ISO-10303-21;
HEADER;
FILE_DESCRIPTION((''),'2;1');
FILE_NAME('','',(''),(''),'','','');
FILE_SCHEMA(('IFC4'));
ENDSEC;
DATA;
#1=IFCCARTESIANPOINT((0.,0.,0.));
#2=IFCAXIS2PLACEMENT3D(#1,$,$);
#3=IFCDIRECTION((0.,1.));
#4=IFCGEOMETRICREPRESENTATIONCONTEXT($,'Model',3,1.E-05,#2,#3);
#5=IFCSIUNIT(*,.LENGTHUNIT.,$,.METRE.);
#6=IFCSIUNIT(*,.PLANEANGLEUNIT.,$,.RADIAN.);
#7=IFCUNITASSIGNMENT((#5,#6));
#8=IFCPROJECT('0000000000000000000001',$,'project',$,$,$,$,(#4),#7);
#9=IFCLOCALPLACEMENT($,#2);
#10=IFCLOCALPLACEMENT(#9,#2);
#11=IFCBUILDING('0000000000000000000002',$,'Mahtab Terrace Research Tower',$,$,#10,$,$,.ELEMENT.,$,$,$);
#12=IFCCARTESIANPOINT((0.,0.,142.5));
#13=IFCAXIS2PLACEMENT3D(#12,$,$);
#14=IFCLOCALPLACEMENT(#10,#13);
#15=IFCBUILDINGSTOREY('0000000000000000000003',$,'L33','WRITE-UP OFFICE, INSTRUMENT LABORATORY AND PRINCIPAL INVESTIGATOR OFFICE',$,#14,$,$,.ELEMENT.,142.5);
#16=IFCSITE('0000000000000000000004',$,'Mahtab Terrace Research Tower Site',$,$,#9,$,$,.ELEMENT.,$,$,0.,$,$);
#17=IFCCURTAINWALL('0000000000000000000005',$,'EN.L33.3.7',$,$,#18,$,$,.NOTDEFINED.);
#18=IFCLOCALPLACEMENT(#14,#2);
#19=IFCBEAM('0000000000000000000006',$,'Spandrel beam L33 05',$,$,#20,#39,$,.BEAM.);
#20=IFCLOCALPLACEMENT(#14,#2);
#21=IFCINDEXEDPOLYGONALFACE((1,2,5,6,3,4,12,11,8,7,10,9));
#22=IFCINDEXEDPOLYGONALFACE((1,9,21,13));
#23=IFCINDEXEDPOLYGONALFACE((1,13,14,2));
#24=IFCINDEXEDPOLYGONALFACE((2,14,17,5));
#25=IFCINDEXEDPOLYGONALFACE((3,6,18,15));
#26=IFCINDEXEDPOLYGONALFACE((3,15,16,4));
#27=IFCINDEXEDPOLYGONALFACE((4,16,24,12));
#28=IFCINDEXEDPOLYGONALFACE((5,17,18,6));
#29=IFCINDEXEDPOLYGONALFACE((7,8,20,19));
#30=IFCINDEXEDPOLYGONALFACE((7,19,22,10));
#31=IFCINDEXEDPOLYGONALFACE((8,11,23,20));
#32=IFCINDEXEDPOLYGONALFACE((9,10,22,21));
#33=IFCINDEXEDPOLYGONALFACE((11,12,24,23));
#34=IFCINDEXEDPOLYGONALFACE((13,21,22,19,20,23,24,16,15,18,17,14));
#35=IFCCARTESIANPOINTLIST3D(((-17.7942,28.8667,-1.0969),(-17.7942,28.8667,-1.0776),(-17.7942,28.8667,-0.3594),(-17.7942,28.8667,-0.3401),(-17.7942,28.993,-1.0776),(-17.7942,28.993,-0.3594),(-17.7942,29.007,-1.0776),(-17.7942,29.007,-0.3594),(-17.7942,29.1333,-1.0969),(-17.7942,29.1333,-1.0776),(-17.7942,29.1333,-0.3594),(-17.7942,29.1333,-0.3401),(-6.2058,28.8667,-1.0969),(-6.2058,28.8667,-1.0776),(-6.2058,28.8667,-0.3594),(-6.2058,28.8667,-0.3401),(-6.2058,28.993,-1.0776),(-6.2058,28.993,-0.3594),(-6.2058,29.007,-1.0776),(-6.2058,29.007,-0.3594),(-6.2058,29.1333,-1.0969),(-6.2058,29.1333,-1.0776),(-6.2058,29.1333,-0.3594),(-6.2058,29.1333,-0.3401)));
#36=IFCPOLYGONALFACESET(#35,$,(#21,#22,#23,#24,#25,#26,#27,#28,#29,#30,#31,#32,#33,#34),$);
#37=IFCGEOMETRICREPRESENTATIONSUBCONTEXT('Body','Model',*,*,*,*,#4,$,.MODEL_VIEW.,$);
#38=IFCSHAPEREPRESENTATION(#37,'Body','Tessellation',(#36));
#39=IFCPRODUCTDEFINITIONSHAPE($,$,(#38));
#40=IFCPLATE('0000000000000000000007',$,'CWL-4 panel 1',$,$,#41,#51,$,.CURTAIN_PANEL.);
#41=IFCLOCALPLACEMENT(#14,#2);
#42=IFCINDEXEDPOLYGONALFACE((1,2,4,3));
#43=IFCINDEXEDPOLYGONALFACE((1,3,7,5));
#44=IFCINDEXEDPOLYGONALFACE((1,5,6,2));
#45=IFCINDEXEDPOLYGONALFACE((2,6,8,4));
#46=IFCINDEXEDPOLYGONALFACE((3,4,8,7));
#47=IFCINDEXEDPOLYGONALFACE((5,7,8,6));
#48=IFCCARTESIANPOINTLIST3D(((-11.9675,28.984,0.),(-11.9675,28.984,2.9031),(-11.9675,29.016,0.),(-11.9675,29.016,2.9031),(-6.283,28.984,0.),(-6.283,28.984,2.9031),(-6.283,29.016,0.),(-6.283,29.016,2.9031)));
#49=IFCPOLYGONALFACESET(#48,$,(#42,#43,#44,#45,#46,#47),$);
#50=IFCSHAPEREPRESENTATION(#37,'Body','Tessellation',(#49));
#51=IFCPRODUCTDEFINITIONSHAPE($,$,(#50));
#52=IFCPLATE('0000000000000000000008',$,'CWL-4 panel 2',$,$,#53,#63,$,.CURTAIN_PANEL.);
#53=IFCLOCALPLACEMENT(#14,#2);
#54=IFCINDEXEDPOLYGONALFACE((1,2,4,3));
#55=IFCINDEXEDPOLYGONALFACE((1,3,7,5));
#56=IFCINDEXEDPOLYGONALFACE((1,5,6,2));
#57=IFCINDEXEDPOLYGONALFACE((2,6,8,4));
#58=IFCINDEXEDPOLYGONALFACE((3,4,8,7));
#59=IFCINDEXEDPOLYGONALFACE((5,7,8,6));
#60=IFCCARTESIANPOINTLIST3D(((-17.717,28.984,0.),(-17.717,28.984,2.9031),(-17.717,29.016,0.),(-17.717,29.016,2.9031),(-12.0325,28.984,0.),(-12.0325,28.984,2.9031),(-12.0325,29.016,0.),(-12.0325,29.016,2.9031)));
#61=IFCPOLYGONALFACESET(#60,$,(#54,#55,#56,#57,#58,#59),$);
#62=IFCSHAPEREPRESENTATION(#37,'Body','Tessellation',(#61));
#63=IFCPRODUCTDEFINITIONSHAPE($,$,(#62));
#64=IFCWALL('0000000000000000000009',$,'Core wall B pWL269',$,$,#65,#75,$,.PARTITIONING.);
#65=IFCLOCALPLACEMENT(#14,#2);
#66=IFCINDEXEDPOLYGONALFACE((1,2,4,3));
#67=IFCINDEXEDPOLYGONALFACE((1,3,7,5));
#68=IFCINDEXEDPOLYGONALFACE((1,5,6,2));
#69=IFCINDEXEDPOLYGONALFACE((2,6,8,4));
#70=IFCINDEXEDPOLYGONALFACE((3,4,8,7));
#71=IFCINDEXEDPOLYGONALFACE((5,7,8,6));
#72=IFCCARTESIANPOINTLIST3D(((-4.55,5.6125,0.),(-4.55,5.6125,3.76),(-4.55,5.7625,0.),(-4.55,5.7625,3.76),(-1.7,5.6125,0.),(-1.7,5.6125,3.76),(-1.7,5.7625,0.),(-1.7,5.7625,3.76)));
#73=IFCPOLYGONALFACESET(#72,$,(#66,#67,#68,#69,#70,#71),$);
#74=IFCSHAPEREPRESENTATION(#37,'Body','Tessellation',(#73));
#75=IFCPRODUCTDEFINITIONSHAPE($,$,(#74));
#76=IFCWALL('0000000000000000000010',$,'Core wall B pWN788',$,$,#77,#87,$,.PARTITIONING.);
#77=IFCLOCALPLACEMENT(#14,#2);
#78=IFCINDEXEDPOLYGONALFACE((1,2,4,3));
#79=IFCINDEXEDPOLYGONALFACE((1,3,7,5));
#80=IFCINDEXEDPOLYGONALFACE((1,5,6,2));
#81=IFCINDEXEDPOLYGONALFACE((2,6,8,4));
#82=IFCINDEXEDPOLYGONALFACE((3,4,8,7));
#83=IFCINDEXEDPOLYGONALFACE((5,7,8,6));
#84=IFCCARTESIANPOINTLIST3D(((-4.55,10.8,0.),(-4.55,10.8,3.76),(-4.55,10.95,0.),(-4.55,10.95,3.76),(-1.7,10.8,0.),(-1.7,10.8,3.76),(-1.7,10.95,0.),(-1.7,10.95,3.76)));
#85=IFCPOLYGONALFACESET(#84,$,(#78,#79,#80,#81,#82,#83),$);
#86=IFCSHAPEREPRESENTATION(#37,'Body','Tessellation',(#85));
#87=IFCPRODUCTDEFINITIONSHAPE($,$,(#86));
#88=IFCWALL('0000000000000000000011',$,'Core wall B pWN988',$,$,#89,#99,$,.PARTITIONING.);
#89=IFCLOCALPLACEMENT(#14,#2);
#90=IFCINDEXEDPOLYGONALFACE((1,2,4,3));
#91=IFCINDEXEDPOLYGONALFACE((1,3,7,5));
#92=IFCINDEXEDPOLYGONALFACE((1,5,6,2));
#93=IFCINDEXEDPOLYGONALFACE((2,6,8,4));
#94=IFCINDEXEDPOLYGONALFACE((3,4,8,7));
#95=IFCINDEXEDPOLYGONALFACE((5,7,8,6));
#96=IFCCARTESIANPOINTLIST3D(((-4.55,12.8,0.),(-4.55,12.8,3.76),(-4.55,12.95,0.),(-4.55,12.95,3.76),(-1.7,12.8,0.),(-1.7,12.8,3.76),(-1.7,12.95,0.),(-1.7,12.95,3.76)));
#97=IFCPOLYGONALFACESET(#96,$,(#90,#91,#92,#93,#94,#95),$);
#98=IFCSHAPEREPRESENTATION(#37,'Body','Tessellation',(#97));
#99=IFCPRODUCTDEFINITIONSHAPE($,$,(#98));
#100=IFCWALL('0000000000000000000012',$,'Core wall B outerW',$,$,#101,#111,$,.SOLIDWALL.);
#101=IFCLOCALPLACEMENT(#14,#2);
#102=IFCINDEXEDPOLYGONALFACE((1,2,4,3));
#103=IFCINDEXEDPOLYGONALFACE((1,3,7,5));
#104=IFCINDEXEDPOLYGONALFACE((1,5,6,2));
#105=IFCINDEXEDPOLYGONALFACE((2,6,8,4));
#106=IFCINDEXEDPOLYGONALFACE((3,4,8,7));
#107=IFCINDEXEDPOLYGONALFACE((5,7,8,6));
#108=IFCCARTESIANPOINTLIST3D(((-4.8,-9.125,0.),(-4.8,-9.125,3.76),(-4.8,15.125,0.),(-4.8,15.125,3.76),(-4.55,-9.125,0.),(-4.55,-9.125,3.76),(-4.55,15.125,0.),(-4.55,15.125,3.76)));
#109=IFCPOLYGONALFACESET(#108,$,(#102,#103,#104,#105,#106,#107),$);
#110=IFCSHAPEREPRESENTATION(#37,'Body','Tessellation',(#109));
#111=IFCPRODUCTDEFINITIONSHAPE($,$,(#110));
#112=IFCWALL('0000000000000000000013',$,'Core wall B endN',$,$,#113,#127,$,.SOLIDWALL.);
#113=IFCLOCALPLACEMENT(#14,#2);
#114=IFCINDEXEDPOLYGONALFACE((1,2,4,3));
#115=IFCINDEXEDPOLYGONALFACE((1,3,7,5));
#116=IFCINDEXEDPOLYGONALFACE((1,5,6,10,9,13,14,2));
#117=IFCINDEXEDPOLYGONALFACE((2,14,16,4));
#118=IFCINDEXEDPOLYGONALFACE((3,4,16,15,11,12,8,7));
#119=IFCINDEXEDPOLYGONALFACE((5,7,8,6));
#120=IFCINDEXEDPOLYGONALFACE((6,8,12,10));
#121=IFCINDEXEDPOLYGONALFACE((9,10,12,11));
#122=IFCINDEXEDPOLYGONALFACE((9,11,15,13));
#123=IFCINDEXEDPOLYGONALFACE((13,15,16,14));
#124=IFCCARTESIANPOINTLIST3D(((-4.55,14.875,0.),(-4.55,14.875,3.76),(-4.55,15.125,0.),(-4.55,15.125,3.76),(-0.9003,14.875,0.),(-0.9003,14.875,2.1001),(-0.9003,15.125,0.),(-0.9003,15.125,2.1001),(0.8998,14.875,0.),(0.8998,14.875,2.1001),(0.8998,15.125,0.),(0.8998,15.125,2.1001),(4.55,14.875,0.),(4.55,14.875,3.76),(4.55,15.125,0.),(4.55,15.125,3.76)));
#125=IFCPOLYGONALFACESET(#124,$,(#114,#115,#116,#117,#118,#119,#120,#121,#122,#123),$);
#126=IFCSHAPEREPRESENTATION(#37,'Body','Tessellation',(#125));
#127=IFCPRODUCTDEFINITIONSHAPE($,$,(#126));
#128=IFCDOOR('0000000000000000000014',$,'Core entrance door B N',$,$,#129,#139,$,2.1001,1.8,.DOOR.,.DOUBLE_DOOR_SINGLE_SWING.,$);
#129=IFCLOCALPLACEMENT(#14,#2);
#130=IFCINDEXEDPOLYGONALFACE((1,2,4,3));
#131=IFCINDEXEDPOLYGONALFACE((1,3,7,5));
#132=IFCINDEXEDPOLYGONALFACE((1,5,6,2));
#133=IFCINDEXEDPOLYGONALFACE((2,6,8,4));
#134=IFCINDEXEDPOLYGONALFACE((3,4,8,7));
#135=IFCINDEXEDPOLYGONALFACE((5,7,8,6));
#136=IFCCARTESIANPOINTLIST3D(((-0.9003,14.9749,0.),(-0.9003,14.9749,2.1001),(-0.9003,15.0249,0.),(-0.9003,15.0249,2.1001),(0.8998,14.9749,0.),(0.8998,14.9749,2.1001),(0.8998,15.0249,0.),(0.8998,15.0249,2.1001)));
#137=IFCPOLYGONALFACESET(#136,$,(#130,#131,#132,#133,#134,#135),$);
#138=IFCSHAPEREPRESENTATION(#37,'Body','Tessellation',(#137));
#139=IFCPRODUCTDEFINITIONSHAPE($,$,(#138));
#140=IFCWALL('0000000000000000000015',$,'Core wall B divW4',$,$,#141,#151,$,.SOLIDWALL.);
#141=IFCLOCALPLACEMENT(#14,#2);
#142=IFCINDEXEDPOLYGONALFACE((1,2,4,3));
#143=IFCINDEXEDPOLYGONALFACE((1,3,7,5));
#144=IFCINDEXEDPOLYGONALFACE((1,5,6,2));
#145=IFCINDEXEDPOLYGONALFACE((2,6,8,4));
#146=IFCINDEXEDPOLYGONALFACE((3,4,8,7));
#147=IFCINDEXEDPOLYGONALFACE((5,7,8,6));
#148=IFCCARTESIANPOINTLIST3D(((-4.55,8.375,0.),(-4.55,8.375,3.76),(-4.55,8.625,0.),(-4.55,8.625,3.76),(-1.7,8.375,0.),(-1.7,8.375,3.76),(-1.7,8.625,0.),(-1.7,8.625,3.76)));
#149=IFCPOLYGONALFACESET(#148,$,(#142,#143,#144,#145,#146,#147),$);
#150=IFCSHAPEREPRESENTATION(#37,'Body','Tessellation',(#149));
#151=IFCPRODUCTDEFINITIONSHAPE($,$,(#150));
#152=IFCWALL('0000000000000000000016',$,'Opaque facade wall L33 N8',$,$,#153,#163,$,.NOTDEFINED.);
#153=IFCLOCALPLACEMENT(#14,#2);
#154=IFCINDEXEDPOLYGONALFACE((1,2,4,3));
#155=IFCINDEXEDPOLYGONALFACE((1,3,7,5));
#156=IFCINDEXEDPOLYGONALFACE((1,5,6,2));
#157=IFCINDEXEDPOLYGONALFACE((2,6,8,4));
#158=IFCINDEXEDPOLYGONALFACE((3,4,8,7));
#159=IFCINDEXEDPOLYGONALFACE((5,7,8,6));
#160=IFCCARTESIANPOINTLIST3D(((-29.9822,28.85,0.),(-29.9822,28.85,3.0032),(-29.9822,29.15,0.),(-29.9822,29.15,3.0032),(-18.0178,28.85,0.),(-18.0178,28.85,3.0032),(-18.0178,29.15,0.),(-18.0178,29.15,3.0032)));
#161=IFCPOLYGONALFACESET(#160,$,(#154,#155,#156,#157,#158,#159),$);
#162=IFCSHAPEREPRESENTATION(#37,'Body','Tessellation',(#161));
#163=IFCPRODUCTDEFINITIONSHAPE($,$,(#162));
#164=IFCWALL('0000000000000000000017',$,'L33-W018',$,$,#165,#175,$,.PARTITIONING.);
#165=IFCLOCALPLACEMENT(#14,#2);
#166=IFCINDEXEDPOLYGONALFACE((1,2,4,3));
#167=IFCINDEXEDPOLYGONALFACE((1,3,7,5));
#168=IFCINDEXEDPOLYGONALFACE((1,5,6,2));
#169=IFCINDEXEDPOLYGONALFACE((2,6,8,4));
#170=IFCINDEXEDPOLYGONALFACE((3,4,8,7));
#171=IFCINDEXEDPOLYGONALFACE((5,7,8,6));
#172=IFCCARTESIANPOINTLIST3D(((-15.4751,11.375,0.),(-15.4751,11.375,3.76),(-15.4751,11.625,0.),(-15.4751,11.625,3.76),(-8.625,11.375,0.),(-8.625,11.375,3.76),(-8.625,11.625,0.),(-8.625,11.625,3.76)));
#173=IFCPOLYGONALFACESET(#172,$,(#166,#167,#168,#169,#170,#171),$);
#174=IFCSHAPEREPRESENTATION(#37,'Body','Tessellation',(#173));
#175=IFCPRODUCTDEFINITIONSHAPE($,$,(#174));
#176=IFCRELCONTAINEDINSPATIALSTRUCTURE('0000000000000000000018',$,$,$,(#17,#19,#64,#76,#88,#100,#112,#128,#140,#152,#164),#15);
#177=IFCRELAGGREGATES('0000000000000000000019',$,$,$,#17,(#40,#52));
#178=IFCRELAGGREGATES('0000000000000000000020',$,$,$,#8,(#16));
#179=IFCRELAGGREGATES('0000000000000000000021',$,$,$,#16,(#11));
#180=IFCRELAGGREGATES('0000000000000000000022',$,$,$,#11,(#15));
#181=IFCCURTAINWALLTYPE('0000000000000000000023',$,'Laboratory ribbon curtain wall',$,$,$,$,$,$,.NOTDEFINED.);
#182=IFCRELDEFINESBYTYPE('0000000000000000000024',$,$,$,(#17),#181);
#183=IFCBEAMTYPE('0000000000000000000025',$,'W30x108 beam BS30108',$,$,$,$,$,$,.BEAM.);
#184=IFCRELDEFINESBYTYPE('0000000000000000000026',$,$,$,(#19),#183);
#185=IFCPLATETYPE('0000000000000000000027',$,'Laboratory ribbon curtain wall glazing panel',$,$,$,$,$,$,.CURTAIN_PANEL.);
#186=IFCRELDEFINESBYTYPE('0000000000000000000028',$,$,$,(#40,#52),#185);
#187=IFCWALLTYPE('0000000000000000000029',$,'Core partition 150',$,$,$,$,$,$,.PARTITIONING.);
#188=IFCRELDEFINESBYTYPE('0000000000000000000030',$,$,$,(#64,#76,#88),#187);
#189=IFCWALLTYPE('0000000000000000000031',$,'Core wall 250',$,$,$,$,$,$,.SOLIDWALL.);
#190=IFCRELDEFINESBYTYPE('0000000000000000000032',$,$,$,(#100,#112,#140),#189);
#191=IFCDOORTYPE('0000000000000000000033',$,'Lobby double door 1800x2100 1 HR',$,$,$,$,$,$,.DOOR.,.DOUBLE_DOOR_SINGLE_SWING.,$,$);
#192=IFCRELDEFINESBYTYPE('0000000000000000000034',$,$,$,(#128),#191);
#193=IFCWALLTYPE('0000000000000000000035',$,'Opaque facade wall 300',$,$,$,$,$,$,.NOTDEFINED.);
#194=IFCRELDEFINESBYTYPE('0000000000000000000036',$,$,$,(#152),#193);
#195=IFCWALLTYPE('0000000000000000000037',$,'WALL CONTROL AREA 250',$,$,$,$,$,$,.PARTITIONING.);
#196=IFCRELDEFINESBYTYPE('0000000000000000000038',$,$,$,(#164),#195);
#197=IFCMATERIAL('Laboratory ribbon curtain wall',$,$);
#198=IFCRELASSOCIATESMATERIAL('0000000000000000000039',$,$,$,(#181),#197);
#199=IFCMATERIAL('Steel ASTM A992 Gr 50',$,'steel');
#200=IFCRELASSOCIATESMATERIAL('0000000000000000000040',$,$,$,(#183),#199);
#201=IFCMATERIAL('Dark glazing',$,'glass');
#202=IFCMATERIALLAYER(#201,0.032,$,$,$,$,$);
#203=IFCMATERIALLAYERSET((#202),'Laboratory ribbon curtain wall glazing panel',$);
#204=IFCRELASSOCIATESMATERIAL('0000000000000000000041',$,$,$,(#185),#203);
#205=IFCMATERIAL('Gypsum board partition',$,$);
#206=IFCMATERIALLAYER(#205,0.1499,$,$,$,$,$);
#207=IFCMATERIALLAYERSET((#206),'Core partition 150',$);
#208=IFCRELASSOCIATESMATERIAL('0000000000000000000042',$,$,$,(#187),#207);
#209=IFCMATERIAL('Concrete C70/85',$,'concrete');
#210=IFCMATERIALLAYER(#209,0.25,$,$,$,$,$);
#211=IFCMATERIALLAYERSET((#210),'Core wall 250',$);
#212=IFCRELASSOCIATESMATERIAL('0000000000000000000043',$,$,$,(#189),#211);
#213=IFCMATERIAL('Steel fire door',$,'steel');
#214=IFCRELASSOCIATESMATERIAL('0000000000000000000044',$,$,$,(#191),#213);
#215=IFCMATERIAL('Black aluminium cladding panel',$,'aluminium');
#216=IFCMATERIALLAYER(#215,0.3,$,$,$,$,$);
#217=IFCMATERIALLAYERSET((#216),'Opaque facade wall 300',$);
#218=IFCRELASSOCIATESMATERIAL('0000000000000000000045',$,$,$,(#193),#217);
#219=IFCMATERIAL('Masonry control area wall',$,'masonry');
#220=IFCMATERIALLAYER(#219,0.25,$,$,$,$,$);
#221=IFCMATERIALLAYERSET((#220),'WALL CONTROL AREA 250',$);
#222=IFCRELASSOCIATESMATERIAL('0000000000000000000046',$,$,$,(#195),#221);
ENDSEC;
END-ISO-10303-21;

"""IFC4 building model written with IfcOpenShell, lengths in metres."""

from ifc_helpers import new_model, si_unit, direction, frame, frame_2d, origin, origin_2d, place, context, subcontext, project, spatial, rectangle, i_section, extrude, material, layer, layer_set, material_profile, profile_set, type_object, element, fill, aggregate, save


model = new_model("IFC4")

# Units and contexts
model_context = context("Model", 3, precision=1e-05, world=origin(), true_north=direction((0.0, 1.0)))
body_context = subcontext(model_context, "Body", "Model", "MODEL_VIEW")
ifc_project = project(units=[si_unit("LENGTHUNIT", "METRE"), si_unit("PLANEANGLEUNIT", "RADIAN")], contexts=[model_context])

# Site, building, storey
site_placement = place(None, origin())
site = spatial("IfcSite", under=ifc_project, at=site_placement, Name="Mahtab Terrace Research Tower Site", CompositionType="ELEMENT", RefElevation=0.0)
building_placement = place(site_placement, origin())
building = spatial("IfcBuilding", under=site, at=building_placement, Name="Mahtab Terrace Research Tower", CompositionType="ELEMENT")
storey_placement = place(building_placement, frame((0.0, 0.0, 142.5)))
storey = spatial("IfcBuildingStorey", under=building, at=storey_placement, Name="L33", Description="WRITE-UP OFFICE, INSTRUMENT LABORATORY AND PRINCIPAL INVESTIGATOR OFFICE", CompositionType="ELEMENT", Elevation=142.5)

# Shared definitions
ifc_material_1 = material(Name="Concrete C70/85", Category="concrete")
ifc_material_2 = material(Name="Steel ASTM A992 Gr 50", Category="steel")

# Curtain wall
ifc_material_3 = material(Name="Laboratory ribbon curtain wall")
curtain_wall_type = type_object("IfcCurtainWallType", Name="Laboratory ribbon curtain wall", PredefinedType="NOTDEFINED", material=ifc_material_3)
curtain_wall_placement = place(storey_placement, origin())
curtain_wall = element("IfcCurtainWall", 1, at=curtain_wall_placement, inside=storey, type_object=curtain_wall_type, Name="EN.L33.3.7", PredefinedType="NOTDEFINED")

# Beam
ifc_material_profile_1 = material_profile(ifc_material_2, i_section(OverallWidth=0.2666, OverallDepth=0.7568, WebThickness=0.0139, FlangeThickness=0.0193, at=origin_2d()), Name="W30X108")
ifc_profile_set_1 = profile_set([ifc_material_profile_1], Name="Steel ASTM A992 Gr 50")
beam_type = type_object("IfcBeamType", Name="W30x108 beam BS30108", PredefinedType="BEAM", material=ifc_profile_set_1)
beam_placement = place(storey_placement, frame((-6.2058, 29.0, -0.7185), z_axis=(-1.0, 0.0, 0.0), x_axis=(0.0, -1.0, 0.0)))
element("IfcBeam", 2, at=beam_placement, inside=storey, type_object=beam_type, Name="Spandrel beam L33 05", PredefinedType="BEAM", context=body_context, shape_type="SweptSolid", body=[
    extrude(i_section(OverallWidth=0.2666, OverallDepth=0.7568, WebThickness=0.0139, FlangeThickness=0.0193, at=origin_2d()), origin(), (0.0, 0.0, 1.0), 11.5884),
])

# Plates
ifc_material_4 = material(Name="Dark glazing", Category="glass")
ifc_layer_1 = layer(ifc_material_4, 0.032)
ifc_layer_set_1 = layer_set([ifc_layer_1], Name="Laboratory ribbon curtain wall glazing panel")
plate_type = type_object("IfcPlateType", Name="Laboratory ribbon curtain wall glazing panel", PredefinedType="CURTAIN_PANEL", material=ifc_layer_set_1)
plate_1_placement = place(storey_placement, frame((-9.1252, 29.0, 0.0), z_axis=(0.0, 0.0, 1.0), x_axis=(-1.0, 0.0, 0.0)))
plate_1 = element("IfcPlate", 3, at=plate_1_placement, type_object=plate_type, Name="CWL-4 panel 1", PredefinedType="CURTAIN_PANEL", context=body_context, shape_type="SweptSolid", body=[
    extrude(rectangle(XDim=5.6846, YDim=0.032, at=origin_2d()), origin(), (0.0, 0.0, 1.0), 2.9031),
])
plate_2_placement = place(storey_placement, frame((-14.8748, 29.0, 0.0), z_axis=(0.0, 0.0, 1.0), x_axis=(-1.0, 0.0, 0.0)))
plate_2 = element("IfcPlate", 4, at=plate_2_placement, type_object=plate_type, Name="CWL-4 panel 2", PredefinedType="CURTAIN_PANEL", context=body_context, shape_type="SweptSolid", body=[
    extrude(rectangle(XDim=5.6846, YDim=0.032, at=origin_2d()), origin(), (0.0, 0.0, 1.0), 2.9031),
])
aggregate(curtain_wall, [plate_1, plate_2])

# Walls
ifc_material_5 = material(Name="Gypsum board partition")
ifc_layer_2 = layer(ifc_material_5, 0.1499)
ifc_layer_set_2 = layer_set([ifc_layer_2], Name="Core partition 150")
wall_type_1 = type_object("IfcWallType", Name="Core partition 150", PredefinedType="PARTITIONING", material=ifc_layer_set_2)
for number, where, z_axis, x_axis, name in (
    (5, (-4.55, 5.6875, 0.0), (0.0, 0.0, 1.0), (1.0, 0.0, 0.0), "Core wall B pWL269"),
    (6, (-4.55, 10.875, 0.0), (0.0, 0.0, 1.0), (1.0, 0.0, 0.0), "Core wall B pWN788"),
    (7, (-4.55, 12.875, 0.0), (0.0, 0.0, 1.0), (1.0, 0.0, 0.0), "Core wall B pWN988"),
):
    element("IfcWall", number, at=place(storey_placement, frame(where, z_axis=z_axis, x_axis=x_axis)), inside=storey, type_object=wall_type_1, Name=name, PredefinedType="PARTITIONING", context=body_context, shape_type="SweptSolid", body=[
        extrude(rectangle(XDim=2.8501, YDim=0.1499, at=frame_2d((1.425, 0.0))), origin(), (0.0, 0.0, 1.0), 3.76),
    ])
ifc_layer_3 = layer(ifc_material_1, 0.25)
ifc_layer_set_3 = layer_set([ifc_layer_3], Name="Core wall 250")
wall_type_2 = type_object("IfcWallType", Name="Core wall 250", PredefinedType="SOLIDWALL", material=ifc_layer_set_3)
wall_1_placement = place(storey_placement, frame((-4.675, 15.125, 0.0), z_axis=(0.0, 0.0, 1.0), x_axis=(0.0, -1.0, 0.0)))
element("IfcWall", 8, at=wall_1_placement, inside=storey, type_object=wall_type_2, Name="Core wall B outerW", PredefinedType="SOLIDWALL", context=body_context, shape_type="SweptSolid", body=[
    extrude(rectangle(XDim=24.25, YDim=0.25, at=frame_2d((12.125, 0.0))), origin(), (0.0, 0.0, 1.0), 3.76),
])

# Wall, opening, door
wall_2_placement = place(storey_placement, frame((-4.55, 15.0, 0.0), z_axis=(0.0, 0.0, 1.0), x_axis=(1.0, 0.0, 0.0)))
wall_2 = element("IfcWall", 9, at=wall_2_placement, inside=storey, type_object=wall_type_2, Name="Core wall B endN", PredefinedType="SOLIDWALL", context=body_context, shape_type="SweptSolid", body=[
    extrude(rectangle(XDim=9.1001, YDim=0.25, at=frame_2d((4.55, 0.0))), origin(), (0.0, 0.0, 1.0), 3.76),
])
opening_1_placement = place(wall_2_placement, frame((3.6499, 0.0, 0.0)))
opening_1 = element("IfcOpeningElement", 10, at=opening_1_placement, cuts=wall_2, PredefinedType="OPENING", context=body_context, shape_type="SweptSolid", body=[
    extrude(rectangle(XDim=1.8, YDim=2.1001, at=frame_2d((0.8999, 1.05))), frame((0.0, 0.135, 0.0), z_axis=(0.0, -1.0, 0.0), x_axis=(1.0, 0.0, 0.0)), (0.0, 0.0, 1.0), 0.27),
])
ifc_material_6 = material(Name="Steel fire door", Category="steel")
door_type_1 = type_object("IfcDoorType", Name="Lobby double door 1800x2100 1 HR", OperationType="DOUBLE_DOOR_SINGLE_SWING", PredefinedType="DOOR", material=ifc_material_6)
door_1_placement = place(opening_1_placement, origin())
door_1 = element("IfcDoor", 11, at=door_1_placement, inside=storey, type_object=door_type_1, Name="Core entrance door B N", OperationType="DOUBLE_DOOR_SINGLE_SWING", OverallHeight=2.1001, OverallWidth=1.8, PredefinedType="DOOR", context=body_context, shape_type="SweptSolid", body=[
    extrude(rectangle(XDim=1.8, YDim=2.1001, at=frame_2d((0.8999, 1.05))), frame((0.0, 0.0249, 0.0), z_axis=(0.0, -1.0, 0.0), x_axis=(1.0, 0.0, 0.0)), (0.0, 0.0, 1.0), 0.05),
])
fill(opening_1, door_1)

# Walls
wall_3_placement = place(storey_placement, frame((-4.55, 8.5, 0.0), z_axis=(0.0, 0.0, 1.0), x_axis=(1.0, 0.0, 0.0)))
element("IfcWall", 12, at=wall_3_placement, inside=storey, type_object=wall_type_2, Name="Core wall B divW4", PredefinedType="SOLIDWALL", context=body_context, shape_type="SweptSolid", body=[
    extrude(rectangle(XDim=2.8501, YDim=0.25, at=frame_2d((1.425, 0.0))), origin(), (0.0, 0.0, 1.0), 3.76),
])
ifc_material_7 = material(Name="Black aluminium cladding panel", Category="aluminium")
ifc_layer_4 = layer(ifc_material_7, 0.3)
ifc_layer_set_4 = layer_set([ifc_layer_4], Name="Opaque facade wall 300")
wall_type_3 = type_object("IfcWallType", Name="Opaque facade wall 300", PredefinedType="NOTDEFINED", material=ifc_layer_set_4)
wall_4_placement = place(storey_placement, frame((-18.0178, 29.0, 0.0), z_axis=(0.0, 0.0, 1.0), x_axis=(-1.0, 0.0, 0.0)))
element("IfcWall", 13, at=wall_4_placement, inside=storey, type_object=wall_type_3, Name="Opaque facade wall L33 N8", PredefinedType="NOTDEFINED", context=body_context, shape_type="SweptSolid", body=[
    extrude(rectangle(XDim=11.9644, YDim=0.3, at=frame_2d((5.9822, 0.0))), origin(), (0.0, 0.0, 1.0), 3.0032),
])
ifc_material_8 = material(Name="Masonry control area wall", Category="masonry")
ifc_layer_5 = layer(ifc_material_8, 0.25)
ifc_layer_set_5 = layer_set([ifc_layer_5], Name="WALL CONTROL AREA 250")
wall_type_4 = type_object("IfcWallType", Name="WALL CONTROL AREA 250", PredefinedType="PARTITIONING", material=ifc_layer_set_5)
wall_5_placement = place(storey_placement, frame((-15.4751, 11.5, 0.0), z_axis=(0.0, 0.0, 1.0), x_axis=(1.0, 0.0, 0.0)))
element("IfcWall", 14, at=wall_5_placement, inside=storey, type_object=wall_type_4, Name="L33-W018", PredefinedType="PARTITIONING", context=body_context, shape_type="SweptSolid", body=[
    extrude(rectangle(XDim=6.8501, YDim=0.25, at=frame_2d((3.425, 0.0))), origin(), (0.0, 0.0, 1.0), 3.76),
])

save(model, "model.ifc")
